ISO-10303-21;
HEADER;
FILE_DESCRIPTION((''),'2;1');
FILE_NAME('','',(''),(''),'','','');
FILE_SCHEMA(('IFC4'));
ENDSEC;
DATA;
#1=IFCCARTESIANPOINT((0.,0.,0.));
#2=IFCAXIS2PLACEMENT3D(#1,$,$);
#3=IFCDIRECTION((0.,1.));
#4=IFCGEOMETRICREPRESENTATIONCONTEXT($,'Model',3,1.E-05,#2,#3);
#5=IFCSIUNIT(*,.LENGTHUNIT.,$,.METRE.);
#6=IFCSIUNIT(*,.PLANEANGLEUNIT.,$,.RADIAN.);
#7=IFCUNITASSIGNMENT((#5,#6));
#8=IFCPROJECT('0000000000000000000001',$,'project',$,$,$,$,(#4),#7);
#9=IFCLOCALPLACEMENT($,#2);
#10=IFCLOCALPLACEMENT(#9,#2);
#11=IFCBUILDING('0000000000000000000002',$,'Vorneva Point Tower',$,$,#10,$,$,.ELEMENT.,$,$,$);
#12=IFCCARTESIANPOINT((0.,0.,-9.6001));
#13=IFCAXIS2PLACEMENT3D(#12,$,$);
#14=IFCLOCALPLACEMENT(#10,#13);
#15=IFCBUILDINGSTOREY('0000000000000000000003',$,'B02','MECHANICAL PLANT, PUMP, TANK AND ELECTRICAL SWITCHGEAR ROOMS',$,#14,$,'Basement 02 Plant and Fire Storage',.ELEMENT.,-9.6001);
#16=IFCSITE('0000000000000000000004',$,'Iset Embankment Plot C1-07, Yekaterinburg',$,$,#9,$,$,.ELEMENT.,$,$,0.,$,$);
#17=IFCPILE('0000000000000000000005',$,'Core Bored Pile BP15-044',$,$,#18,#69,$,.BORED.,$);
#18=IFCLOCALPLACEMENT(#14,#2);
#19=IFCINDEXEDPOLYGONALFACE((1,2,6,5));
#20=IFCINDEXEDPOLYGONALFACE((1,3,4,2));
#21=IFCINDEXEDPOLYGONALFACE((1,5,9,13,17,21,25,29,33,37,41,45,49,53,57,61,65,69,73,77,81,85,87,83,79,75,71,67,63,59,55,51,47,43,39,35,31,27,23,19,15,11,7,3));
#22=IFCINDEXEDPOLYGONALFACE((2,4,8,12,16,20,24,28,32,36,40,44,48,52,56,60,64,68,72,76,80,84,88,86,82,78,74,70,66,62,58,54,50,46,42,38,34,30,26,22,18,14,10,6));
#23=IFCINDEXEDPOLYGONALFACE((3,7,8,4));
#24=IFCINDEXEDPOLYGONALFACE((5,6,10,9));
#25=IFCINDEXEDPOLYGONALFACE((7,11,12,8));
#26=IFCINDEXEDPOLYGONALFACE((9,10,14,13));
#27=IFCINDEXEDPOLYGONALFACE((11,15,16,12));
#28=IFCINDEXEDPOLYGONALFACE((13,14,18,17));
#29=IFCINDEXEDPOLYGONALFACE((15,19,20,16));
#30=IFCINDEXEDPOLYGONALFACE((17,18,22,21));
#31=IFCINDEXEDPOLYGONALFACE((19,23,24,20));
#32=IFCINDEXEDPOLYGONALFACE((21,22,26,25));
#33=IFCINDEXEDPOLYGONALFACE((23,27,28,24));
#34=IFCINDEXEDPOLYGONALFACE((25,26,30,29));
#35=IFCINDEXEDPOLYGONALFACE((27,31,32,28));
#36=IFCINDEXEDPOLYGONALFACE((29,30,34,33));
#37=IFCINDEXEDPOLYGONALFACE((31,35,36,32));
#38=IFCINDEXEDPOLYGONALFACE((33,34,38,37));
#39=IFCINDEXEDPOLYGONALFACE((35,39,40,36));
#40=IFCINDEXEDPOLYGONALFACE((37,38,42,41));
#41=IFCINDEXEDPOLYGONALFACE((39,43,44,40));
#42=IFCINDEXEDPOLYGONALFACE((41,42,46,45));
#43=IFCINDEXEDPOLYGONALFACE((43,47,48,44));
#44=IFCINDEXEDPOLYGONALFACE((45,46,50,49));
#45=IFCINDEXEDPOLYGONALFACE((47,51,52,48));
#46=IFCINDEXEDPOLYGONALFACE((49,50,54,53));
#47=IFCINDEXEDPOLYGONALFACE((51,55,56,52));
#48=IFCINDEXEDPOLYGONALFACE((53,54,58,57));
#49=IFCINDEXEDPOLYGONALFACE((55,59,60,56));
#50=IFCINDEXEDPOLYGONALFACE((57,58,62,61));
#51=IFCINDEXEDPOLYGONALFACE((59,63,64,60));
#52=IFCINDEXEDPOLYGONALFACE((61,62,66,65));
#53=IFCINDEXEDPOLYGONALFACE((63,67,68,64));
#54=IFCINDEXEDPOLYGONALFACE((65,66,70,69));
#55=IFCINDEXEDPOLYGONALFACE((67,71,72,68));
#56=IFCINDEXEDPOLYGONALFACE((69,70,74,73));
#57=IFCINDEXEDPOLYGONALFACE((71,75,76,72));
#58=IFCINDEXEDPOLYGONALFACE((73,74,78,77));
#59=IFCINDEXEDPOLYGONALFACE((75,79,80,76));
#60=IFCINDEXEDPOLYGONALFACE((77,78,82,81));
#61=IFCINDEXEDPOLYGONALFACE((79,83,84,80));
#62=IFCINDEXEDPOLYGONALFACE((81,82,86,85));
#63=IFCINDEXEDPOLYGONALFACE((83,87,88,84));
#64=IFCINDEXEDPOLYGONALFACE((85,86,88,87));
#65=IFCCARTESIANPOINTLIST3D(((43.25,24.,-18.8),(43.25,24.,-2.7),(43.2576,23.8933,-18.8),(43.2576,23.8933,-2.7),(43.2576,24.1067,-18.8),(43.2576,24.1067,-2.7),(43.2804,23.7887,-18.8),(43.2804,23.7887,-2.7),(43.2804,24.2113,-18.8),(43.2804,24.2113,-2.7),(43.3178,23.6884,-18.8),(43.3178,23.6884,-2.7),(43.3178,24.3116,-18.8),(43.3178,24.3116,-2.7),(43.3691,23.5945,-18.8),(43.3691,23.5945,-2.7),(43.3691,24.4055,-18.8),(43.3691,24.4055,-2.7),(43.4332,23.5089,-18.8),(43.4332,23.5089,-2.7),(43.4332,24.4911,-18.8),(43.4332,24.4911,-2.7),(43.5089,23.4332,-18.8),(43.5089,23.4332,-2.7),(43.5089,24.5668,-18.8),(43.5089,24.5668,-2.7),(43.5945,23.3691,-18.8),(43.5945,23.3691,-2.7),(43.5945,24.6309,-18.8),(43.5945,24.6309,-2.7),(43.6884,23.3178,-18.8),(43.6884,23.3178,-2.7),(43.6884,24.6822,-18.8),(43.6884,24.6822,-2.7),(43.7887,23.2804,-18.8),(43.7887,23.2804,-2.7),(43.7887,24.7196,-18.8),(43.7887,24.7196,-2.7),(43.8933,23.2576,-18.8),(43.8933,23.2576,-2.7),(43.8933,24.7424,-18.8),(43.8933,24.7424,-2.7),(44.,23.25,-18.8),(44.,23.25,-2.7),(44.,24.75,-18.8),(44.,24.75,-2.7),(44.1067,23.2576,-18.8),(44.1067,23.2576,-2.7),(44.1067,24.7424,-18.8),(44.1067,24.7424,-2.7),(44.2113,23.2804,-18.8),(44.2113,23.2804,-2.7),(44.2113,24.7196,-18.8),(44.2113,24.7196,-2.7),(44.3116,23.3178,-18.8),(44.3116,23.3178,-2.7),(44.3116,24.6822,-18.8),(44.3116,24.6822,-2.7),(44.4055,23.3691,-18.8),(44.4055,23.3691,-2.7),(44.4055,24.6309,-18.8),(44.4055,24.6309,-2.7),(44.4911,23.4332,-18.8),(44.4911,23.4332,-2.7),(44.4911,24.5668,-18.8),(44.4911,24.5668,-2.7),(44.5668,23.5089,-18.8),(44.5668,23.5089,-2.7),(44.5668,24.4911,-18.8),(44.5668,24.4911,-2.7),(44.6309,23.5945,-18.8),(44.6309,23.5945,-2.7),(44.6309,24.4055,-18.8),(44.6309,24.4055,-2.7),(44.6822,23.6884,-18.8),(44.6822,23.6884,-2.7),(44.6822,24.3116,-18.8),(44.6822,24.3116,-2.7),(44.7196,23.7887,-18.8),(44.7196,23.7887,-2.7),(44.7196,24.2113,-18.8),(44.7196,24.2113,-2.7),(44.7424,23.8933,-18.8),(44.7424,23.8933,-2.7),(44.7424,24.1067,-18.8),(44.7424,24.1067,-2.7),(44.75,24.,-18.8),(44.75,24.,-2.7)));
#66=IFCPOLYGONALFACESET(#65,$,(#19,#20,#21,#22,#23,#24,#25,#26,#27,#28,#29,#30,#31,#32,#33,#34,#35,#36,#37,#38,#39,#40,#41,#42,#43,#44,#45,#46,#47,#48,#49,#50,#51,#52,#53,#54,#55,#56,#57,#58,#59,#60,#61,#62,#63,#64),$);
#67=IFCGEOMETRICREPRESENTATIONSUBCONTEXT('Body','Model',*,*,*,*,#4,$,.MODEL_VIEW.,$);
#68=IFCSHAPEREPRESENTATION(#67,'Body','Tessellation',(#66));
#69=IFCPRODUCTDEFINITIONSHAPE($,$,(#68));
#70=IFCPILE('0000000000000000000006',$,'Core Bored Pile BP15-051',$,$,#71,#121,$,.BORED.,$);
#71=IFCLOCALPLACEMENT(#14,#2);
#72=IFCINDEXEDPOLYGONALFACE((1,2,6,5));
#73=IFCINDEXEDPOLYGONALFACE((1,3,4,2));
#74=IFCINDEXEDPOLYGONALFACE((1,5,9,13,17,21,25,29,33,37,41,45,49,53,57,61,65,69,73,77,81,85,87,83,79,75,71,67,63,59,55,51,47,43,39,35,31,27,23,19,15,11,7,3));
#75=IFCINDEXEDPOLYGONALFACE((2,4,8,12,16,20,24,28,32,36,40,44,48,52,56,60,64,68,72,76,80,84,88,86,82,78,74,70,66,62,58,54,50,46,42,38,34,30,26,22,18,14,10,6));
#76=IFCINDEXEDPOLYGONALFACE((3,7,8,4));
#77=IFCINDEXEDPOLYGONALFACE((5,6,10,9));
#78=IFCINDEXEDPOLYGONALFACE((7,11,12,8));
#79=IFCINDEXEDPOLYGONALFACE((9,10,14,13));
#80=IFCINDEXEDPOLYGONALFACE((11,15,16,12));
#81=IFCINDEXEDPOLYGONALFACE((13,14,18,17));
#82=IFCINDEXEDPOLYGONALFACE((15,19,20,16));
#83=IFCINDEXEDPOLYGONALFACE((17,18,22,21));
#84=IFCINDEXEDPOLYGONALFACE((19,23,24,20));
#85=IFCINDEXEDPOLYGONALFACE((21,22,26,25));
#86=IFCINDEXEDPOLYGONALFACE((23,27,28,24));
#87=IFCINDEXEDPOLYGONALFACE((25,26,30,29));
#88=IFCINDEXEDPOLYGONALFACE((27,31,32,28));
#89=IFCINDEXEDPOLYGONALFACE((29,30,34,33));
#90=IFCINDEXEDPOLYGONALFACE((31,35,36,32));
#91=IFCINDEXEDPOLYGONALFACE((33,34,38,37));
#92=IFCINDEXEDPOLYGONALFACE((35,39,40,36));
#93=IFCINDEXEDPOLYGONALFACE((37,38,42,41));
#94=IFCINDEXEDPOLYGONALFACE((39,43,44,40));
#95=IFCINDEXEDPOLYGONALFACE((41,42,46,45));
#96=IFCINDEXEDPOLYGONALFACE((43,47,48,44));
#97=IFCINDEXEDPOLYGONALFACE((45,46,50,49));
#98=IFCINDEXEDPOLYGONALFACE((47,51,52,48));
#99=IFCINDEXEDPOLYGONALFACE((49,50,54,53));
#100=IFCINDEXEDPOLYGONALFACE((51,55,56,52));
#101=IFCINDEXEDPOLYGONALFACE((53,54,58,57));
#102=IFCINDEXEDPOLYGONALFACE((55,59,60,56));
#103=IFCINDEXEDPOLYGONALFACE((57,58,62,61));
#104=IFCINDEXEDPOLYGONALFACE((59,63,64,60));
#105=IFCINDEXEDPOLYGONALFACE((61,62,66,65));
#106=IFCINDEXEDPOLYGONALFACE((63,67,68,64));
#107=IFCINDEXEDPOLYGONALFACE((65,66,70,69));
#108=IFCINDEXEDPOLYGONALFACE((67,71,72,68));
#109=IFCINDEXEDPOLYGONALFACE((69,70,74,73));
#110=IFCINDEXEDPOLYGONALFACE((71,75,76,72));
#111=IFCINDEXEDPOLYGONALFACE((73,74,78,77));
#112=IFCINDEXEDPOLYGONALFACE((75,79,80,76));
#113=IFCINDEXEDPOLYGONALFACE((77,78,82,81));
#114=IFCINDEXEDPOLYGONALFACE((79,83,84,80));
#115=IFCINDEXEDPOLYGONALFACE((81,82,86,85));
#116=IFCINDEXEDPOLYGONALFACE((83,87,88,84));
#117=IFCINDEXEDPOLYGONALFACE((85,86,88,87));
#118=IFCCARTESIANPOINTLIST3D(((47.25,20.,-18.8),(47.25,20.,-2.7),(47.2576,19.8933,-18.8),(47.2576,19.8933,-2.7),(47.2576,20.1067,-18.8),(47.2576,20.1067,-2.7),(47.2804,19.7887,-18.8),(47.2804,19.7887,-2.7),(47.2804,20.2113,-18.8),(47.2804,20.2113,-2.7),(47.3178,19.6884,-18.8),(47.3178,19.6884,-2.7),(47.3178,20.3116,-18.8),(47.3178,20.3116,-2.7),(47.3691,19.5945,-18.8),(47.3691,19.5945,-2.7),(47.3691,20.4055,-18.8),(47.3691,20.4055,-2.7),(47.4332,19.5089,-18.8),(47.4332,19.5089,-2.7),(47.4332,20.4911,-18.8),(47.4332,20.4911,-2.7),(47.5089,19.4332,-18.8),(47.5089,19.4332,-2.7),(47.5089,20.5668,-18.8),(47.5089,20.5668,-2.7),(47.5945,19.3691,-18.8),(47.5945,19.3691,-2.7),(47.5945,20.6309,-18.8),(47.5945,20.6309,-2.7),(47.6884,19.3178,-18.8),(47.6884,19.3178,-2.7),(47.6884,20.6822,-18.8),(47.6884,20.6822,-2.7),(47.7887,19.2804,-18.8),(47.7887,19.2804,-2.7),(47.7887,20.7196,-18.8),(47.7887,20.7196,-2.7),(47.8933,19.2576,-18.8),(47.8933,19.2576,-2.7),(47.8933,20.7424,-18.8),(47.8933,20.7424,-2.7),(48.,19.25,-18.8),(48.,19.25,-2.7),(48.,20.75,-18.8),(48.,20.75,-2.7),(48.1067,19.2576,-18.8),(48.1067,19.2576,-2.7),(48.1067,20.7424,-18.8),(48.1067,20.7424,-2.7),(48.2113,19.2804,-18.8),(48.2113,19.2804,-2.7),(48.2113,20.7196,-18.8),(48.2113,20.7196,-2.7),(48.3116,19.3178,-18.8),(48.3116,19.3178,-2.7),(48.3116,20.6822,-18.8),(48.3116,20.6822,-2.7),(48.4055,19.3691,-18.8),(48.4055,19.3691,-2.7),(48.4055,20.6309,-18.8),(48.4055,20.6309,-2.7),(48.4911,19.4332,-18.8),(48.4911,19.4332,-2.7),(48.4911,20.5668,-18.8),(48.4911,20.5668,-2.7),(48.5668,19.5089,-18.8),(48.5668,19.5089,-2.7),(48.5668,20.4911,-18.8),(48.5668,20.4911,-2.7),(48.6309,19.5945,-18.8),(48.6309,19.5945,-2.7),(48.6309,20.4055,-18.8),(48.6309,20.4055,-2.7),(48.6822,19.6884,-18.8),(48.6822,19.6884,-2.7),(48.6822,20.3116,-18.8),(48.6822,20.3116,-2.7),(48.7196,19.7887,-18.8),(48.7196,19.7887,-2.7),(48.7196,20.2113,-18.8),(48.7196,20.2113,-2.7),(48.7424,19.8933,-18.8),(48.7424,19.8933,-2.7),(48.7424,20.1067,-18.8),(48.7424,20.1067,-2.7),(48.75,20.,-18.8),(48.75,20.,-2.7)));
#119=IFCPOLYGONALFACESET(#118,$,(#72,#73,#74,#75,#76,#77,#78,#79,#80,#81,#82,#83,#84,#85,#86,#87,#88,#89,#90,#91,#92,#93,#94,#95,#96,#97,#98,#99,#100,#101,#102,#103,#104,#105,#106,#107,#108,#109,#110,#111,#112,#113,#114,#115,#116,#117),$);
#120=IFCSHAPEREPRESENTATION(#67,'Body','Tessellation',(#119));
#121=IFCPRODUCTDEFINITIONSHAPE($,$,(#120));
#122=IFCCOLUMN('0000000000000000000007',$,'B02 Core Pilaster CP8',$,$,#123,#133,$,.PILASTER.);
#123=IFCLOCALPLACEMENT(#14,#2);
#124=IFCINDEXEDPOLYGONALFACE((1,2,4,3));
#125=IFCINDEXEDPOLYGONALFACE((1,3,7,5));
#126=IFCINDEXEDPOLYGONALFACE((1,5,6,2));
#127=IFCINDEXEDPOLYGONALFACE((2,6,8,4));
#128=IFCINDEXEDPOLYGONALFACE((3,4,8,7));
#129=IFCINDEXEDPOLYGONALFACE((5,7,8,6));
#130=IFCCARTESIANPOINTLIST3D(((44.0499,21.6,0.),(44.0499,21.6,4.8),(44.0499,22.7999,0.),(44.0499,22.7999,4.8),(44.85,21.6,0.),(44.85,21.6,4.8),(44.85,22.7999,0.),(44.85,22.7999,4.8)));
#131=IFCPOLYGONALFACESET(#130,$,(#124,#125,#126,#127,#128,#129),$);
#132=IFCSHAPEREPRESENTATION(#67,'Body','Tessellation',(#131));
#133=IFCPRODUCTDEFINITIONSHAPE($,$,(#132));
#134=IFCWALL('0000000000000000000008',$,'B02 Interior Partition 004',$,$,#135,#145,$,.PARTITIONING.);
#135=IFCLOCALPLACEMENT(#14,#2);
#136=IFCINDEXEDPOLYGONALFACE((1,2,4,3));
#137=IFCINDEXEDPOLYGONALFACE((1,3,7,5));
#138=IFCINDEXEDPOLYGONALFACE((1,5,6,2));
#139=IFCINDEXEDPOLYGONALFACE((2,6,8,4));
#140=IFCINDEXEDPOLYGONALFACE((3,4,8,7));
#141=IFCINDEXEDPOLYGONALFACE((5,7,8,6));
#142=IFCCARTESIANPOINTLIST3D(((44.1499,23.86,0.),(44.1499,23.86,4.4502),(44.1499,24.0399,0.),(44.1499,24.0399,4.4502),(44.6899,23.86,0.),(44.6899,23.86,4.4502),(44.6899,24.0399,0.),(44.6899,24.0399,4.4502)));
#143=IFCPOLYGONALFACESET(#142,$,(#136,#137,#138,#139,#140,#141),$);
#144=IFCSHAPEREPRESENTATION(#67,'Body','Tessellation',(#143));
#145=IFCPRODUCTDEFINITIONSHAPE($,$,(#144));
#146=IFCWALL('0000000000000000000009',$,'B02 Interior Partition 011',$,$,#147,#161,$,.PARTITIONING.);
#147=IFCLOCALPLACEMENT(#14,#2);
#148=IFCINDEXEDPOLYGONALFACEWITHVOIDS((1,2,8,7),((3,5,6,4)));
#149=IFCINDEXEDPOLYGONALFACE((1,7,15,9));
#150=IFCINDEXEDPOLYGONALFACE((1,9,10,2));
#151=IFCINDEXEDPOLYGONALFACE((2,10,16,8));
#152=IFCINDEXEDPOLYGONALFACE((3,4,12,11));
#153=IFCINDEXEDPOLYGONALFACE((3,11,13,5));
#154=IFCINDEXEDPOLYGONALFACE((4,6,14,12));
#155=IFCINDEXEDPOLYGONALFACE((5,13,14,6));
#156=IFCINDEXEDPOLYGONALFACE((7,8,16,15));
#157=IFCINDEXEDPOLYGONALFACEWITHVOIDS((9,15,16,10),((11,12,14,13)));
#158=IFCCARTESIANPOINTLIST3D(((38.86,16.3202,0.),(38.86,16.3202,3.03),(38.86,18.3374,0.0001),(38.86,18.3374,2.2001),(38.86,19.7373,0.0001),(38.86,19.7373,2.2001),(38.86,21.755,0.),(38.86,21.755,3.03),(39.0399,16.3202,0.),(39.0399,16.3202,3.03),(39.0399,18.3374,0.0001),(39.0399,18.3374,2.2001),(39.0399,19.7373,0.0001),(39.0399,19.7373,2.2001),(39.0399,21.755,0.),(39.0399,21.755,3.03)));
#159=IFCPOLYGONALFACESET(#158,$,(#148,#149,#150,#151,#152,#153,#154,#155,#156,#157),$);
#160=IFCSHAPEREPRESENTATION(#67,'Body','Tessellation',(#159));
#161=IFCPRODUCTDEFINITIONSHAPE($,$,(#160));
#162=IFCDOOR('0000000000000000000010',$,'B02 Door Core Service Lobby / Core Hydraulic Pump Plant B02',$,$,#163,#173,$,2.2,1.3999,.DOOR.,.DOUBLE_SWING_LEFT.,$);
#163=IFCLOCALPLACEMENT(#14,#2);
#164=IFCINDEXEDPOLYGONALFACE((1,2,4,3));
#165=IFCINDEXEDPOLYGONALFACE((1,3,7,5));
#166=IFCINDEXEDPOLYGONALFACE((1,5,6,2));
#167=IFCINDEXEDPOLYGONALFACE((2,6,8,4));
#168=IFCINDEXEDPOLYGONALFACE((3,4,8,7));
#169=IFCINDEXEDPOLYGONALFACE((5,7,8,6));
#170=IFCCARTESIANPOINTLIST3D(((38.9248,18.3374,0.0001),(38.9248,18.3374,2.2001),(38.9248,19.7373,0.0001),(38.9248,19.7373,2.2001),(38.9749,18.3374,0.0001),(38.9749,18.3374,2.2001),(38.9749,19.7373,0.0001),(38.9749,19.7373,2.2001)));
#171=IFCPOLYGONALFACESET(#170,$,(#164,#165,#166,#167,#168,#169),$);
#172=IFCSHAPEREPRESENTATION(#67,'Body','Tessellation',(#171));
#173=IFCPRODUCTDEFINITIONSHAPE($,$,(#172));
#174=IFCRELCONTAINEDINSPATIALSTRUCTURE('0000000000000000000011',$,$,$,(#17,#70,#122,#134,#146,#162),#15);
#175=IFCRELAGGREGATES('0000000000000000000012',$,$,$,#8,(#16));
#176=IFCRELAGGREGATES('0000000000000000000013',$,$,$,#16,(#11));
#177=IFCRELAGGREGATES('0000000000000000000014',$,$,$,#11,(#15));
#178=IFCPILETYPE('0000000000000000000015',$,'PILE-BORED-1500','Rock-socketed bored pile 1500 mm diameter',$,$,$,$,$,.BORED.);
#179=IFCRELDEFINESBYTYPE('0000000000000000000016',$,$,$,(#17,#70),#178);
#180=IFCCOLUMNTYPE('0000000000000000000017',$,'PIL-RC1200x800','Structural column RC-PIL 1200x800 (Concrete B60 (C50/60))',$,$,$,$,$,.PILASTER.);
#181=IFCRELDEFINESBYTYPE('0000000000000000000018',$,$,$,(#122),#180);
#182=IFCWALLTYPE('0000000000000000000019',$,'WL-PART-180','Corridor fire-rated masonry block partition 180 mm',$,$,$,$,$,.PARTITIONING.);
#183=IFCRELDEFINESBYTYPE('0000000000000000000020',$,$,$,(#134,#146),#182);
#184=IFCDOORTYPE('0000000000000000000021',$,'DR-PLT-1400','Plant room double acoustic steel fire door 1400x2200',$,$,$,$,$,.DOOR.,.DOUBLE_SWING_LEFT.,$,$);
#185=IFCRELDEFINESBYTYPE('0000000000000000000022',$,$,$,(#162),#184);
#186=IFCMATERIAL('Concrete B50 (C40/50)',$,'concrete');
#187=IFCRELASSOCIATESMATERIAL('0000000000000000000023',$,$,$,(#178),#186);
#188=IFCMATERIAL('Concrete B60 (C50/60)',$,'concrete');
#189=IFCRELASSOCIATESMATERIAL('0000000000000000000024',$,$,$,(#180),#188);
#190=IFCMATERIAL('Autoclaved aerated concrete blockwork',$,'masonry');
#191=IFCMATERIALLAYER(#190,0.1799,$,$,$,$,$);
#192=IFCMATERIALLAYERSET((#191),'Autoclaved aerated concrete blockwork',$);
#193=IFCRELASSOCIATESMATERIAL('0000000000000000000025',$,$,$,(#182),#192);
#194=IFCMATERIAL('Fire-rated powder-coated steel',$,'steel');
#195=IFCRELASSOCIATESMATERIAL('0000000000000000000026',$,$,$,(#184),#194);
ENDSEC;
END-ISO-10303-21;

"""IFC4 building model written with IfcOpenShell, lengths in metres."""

from ifc_helpers import new_model, si_unit, direction, frame, frame_2d, origin, origin_2d, place, context, subcontext, project, spatial, rectangle, circle, extrude, material, layer, layer_set, material_profile, profile_set, type_object, element, fill, save


model = new_model("IFC4")

# Units and contexts
model_context = context("Model", 3, precision=1e-05, world=origin(), true_north=direction((0.0, 1.0)))
body_context = subcontext(model_context, "Body", "Model", "MODEL_VIEW")
ifc_project = project(units=[si_unit("LENGTHUNIT", "METRE"), si_unit("PLANEANGLEUNIT", "RADIAN")], contexts=[model_context])

# Site, building, storey
site_placement = place(None, origin())
site = spatial("IfcSite", under=ifc_project, at=site_placement, Name="Iset Embankment Plot C1-07, Yekaterinburg", CompositionType="ELEMENT", RefElevation=0.0)
building_placement = place(site_placement, origin())
building = spatial("IfcBuilding", under=site, at=building_placement, Name="Vorneva Point Tower", CompositionType="ELEMENT")
storey_placement = place(building_placement, frame((0.0, 0.0, -9.6001)))
storey = spatial("IfcBuildingStorey", under=building, at=storey_placement, Name="B02", Description="MECHANICAL PLANT, PUMP, TANK AND ELECTRICAL SWITCHGEAR ROOMS", LongName="Basement 02 Plant and Fire Storage", CompositionType="ELEMENT", Elevation=-9.6001)

# Piles
ifc_material_1 = material(Name="Concrete B50 (C40/50)", Category="concrete")
ifc_material_profile_1 = material_profile(ifc_material_1, circle(Radius=0.75, at=origin_2d()), Name="PILE-1500")
ifc_profile_set_1 = profile_set([ifc_material_profile_1], Name="Concrete B50 (C40/50)")
pile_type = type_object("IfcPileType", Name="PILE-BORED-1500", Description="Rock-socketed bored pile 1500 mm diameter", PredefinedType="BORED", material=ifc_profile_set_1)
for number, where, z_axis, x_axis, name in (
    (1, (44.0, 24.0, -2.7), (0.0, 0.0, -1.0), (1.0, 0.0, 0.0), "Core Bored Pile BP15-044"),
    (2, (48.0, 20.0, -2.7), (0.0, 0.0, -1.0), (1.0, 0.0, 0.0), "Core Bored Pile BP15-051"),
):
    element("IfcPile", number, at=place(storey_placement, frame(where, z_axis=z_axis, x_axis=x_axis)), inside=storey, type_object=pile_type, Name=name, PredefinedType="BORED", context=body_context, shape_type="SweptSolid", body=[
        extrude(circle(Radius=0.75, at=origin_2d()), origin(), (0.0, 0.0, 1.0), 16.1001),
    ])

# Column
ifc_material_2 = material(Name="Concrete B60 (C50/60)", Category="concrete")
ifc_material_profile_2 = material_profile(ifc_material_2, rectangle(XDim=0.8, YDim=1.2, at=origin_2d()), Name="RC-PIL 1200x800")
ifc_profile_set_2 = profile_set([ifc_material_profile_2], Name="Concrete B60 (C50/60)")
column_type = type_object("IfcColumnType", Name="PIL-RC1200x800", Description="Structural column RC-PIL 1200x800 (Concrete B60 (C50/60))", PredefinedType="PILASTER", material=ifc_profile_set_2)
column_placement = place(storey_placement, frame((44.45, 22.2, 0.0), z_axis=(0.0, 0.0, 1.0), x_axis=(1.0, 0.0, 0.0)))
element("IfcColumn", 3, at=column_placement, inside=storey, type_object=column_type, Name="B02 Core Pilaster CP8", PredefinedType="PILASTER", context=body_context, shape_type="SweptSolid", body=[
    extrude(rectangle(XDim=0.8, YDim=1.2, at=origin_2d()), origin(), (0.0, 0.0, 1.0), 4.8),
])

# Wall
ifc_material_3 = material(Name="Autoclaved aerated concrete blockwork", Category="masonry")
ifc_layer_1 = layer(ifc_material_3, 0.1799)
ifc_layer_set_1 = layer_set([ifc_layer_1], Name="Autoclaved aerated concrete blockwork")
wall_type_1 = type_object("IfcWallType", Name="WL-PART-180", Description="Corridor fire-rated masonry block partition 180 mm", PredefinedType="PARTITIONING", material=ifc_layer_set_1)
wall_1_placement = place(storey_placement, frame((44.1499, 23.95, 0.0), z_axis=(0.0, 0.0, 1.0), x_axis=(1.0, 0.0, 0.0)))
element("IfcWall", 4, at=wall_1_placement, inside=storey, type_object=wall_type_1, Name="B02 Interior Partition 004", PredefinedType="PARTITIONING", context=body_context, shape_type="SweptSolid", body=[
    extrude(rectangle(XDim=0.54, YDim=0.1799, at=frame_2d((0.27, 0.0))), origin(), (0.0, 0.0, 1.0), 4.4502),
])

# Wall, opening, door
wall_2_placement = place(storey_placement, frame((38.95, 21.7549, 0.0), z_axis=(0.0, 0.0, 1.0), x_axis=(0.0, -1.0, 0.0)))
wall_2 = element("IfcWall", 5, at=wall_2_placement, inside=storey, type_object=wall_type_1, Name="B02 Interior Partition 011", PredefinedType="PARTITIONING", context=body_context, shape_type="SweptSolid", body=[
    extrude(rectangle(XDim=5.4348, YDim=0.1799, at=frame_2d((2.7173, 0.0))), origin(), (0.0, 0.0, 1.0), 3.03),
])
opening_1_placement = place(wall_2_placement, frame((2.0176, 0.0, 0.0)))
opening_1 = element("IfcOpeningElement", 6, at=opening_1_placement, cuts=wall_2, PredefinedType="OPENING", context=body_context, shape_type="SweptSolid", body=[
    extrude(rectangle(XDim=1.3999, YDim=2.2, at=frame_2d((0.7, 1.1001))), frame((0.0, 0.105, 0.0), z_axis=(0.0, -1.0, 0.0), x_axis=(1.0, 0.0, 0.0)), (0.0, 0.0, 1.0), 0.2097),
])
ifc_material_4 = material(Name="Fire-rated powder-coated steel", Category="steel")
door_type_1 = type_object("IfcDoorType", Name="DR-PLT-1400", Description="Plant room double acoustic steel fire door 1400x2200", OperationType="DOUBLE_SWING_LEFT", PredefinedType="DOOR", material=ifc_material_4)
door_1_placement = place(opening_1_placement, origin())
door_1 = element("IfcDoor", 7, at=door_1_placement, inside=storey, type_object=door_type_1, Name="B02 Door Core Service Lobby / Core Hydraulic Pump Plant B02", OperationType="DOUBLE_SWING_LEFT", OverallHeight=2.2, OverallWidth=1.3999, PredefinedType="DOOR", context=body_context, shape_type="SweptSolid", body=[
    extrude(rectangle(XDim=1.3999, YDim=2.2, at=frame_2d((0.7, 1.1001))), frame((0.0, 0.0249, 0.0), z_axis=(0.0, -1.0, 0.0), x_axis=(1.0, 0.0, 0.0)), (0.0, 0.0, 1.0), 0.05),
])
fill(opening_1, door_1)

save(model, "model.ifc")
